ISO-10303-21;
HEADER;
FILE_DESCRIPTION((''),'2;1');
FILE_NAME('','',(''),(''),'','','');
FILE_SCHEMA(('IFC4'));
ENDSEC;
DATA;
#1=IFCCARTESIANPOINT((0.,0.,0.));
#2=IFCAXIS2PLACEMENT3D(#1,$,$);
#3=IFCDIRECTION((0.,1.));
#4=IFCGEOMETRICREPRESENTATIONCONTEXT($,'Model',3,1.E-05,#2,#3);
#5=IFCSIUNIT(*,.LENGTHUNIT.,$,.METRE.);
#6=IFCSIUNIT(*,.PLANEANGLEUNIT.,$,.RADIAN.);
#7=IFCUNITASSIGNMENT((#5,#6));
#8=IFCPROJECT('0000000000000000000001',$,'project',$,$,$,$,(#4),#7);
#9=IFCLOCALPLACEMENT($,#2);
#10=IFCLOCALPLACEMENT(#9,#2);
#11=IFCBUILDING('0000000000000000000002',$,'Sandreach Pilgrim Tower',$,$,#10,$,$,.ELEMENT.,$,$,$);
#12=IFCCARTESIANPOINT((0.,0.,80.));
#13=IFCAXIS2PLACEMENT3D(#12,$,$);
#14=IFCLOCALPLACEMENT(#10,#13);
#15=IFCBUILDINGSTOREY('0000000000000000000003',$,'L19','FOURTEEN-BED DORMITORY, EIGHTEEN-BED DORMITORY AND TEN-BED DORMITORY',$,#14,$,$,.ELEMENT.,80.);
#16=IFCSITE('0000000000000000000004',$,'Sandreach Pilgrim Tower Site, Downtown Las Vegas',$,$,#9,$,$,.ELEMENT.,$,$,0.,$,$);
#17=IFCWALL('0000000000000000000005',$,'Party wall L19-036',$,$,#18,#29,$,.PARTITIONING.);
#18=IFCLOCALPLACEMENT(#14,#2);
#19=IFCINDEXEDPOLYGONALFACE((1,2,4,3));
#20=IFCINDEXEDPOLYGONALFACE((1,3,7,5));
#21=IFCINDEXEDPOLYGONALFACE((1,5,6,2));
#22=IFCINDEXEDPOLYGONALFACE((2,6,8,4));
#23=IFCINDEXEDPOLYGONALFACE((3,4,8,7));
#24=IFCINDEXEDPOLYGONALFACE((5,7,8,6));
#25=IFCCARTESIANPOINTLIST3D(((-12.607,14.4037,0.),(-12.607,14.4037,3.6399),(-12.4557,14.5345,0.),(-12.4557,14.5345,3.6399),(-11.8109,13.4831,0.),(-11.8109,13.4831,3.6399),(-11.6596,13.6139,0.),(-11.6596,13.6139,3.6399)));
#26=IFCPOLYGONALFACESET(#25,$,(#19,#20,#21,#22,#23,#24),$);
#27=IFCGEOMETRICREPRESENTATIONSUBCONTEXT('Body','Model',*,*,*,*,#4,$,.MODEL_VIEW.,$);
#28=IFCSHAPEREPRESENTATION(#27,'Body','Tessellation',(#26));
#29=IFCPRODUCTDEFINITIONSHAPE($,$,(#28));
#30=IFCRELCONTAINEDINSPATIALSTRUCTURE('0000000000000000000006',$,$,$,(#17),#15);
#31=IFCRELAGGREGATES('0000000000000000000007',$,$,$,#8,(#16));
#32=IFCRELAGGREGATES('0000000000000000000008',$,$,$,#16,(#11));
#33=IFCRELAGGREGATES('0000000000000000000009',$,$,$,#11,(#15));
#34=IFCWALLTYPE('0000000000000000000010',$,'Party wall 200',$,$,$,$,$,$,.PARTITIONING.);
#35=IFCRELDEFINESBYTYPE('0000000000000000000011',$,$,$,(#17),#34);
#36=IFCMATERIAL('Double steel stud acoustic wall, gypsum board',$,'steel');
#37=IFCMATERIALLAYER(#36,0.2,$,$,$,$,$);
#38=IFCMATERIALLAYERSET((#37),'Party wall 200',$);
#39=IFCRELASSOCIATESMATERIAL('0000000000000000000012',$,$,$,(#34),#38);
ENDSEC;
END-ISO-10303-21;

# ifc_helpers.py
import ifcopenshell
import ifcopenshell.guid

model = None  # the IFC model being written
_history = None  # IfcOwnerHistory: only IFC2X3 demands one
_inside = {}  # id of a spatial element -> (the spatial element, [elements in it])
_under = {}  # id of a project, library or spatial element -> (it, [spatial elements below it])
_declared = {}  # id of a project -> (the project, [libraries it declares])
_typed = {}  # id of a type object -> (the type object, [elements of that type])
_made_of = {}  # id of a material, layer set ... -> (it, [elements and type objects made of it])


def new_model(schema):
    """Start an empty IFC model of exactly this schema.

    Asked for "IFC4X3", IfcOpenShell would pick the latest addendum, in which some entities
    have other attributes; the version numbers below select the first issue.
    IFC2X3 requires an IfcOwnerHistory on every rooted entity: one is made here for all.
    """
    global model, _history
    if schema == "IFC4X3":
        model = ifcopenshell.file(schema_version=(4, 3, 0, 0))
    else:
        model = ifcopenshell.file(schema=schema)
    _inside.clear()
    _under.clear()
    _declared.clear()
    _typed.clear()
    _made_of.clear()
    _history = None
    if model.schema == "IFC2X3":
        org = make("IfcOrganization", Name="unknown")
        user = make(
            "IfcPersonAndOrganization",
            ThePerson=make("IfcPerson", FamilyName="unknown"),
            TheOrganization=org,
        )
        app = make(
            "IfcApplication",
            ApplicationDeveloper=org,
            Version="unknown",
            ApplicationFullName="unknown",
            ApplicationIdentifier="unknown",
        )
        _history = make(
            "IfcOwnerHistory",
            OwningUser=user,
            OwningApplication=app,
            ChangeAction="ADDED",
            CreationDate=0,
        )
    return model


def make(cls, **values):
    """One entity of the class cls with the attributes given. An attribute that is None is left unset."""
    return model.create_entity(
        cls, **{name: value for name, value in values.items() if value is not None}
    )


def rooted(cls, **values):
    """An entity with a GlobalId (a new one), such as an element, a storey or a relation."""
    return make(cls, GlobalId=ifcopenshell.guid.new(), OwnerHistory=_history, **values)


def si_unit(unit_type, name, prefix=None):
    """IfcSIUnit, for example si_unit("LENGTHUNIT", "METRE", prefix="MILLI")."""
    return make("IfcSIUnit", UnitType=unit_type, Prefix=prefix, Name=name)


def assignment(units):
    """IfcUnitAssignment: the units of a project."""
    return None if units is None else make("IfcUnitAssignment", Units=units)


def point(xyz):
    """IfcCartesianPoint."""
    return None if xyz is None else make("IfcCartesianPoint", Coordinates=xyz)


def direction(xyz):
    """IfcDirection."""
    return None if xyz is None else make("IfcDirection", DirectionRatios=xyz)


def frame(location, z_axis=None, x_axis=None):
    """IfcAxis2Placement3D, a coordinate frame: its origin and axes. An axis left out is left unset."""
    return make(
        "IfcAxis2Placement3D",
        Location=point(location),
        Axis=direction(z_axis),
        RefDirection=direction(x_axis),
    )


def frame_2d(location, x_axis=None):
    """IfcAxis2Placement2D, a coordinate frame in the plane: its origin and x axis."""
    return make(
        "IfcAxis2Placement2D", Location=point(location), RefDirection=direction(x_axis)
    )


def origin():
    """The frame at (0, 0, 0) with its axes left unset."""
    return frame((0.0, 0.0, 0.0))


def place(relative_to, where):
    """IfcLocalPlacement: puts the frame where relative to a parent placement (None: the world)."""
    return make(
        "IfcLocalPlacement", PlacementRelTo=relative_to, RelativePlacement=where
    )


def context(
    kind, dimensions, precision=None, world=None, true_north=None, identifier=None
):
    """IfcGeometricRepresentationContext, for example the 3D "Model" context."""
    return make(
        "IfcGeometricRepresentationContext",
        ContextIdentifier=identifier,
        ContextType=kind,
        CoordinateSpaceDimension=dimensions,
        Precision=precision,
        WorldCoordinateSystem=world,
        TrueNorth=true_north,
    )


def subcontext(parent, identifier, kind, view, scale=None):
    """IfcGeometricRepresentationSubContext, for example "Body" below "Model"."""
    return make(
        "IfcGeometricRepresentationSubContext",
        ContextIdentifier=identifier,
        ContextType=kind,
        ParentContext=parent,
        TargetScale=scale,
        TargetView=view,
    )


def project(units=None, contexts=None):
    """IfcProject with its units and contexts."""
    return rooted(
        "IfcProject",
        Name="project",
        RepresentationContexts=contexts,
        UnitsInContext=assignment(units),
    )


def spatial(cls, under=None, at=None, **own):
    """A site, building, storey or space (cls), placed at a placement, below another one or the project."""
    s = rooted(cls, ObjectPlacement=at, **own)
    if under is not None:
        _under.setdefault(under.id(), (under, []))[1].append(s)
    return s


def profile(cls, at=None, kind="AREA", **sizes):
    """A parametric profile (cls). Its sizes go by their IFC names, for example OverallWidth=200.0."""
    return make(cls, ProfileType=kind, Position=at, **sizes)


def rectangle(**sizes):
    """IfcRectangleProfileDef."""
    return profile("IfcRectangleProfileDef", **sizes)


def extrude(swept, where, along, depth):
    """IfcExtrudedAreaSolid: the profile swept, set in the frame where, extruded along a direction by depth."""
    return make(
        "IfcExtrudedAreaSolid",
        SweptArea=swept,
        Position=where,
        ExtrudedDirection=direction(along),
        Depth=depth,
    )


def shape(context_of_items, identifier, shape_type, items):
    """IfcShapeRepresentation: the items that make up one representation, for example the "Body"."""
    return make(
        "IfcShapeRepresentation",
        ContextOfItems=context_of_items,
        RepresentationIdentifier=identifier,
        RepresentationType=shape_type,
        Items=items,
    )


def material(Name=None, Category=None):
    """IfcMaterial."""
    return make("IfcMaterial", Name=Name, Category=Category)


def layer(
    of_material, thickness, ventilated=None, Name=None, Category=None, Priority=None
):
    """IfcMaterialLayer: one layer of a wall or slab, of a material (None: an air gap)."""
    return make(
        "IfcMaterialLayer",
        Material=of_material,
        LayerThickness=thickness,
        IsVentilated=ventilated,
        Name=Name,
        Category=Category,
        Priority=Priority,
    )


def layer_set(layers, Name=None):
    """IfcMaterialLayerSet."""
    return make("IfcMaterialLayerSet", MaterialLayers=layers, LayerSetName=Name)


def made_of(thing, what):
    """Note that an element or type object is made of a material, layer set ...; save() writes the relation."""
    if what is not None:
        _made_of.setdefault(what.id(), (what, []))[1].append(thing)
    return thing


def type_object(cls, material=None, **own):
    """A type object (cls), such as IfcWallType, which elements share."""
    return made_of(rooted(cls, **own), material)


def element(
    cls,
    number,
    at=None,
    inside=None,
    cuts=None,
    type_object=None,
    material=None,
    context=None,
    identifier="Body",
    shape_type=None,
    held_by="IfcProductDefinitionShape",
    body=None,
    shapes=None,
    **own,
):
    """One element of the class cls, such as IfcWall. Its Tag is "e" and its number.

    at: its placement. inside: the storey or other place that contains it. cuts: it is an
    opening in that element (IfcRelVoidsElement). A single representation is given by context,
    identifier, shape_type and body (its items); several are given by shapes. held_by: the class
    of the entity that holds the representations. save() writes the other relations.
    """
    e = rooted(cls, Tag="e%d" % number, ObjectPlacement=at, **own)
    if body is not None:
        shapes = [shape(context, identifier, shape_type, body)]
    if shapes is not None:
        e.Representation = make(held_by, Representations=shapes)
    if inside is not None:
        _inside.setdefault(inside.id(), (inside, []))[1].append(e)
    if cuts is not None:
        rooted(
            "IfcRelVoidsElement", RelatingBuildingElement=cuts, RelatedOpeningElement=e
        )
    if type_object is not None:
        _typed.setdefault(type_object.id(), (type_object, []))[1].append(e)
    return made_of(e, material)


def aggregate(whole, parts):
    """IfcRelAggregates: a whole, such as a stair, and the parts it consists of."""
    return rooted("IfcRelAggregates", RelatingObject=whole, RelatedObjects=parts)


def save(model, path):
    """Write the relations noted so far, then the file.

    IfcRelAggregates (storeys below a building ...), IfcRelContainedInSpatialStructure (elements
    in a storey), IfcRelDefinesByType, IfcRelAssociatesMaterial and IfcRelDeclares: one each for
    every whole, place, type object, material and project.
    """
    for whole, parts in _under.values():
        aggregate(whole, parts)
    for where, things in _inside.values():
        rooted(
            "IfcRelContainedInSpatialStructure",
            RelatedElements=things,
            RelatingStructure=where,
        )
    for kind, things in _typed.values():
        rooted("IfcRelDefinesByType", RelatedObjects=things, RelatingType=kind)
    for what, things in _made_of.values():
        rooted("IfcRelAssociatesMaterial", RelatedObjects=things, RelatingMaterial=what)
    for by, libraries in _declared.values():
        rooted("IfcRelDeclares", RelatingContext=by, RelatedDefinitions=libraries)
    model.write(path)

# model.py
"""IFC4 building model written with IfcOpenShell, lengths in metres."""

from ifc_helpers import new_model, si_unit, direction, frame, frame_2d, origin, place, context, subcontext, project, spatial, rectangle, extrude, material, layer, layer_set, type_object, element, save


model = new_model("IFC4")

# Units and contexts
model_context = context("Model", 3, precision=1e-05, world=origin(), true_north=direction((0.0, 1.0)))
body_context = subcontext(model_context, "Body", "Model", "MODEL_VIEW")
ifc_project = project(units=[si_unit("LENGTHUNIT", "METRE"), si_unit("PLANEANGLEUNIT", "RADIAN")], contexts=[model_context])

# Site, building, storey
site_placement = place(None, origin())
site = spatial("IfcSite", under=ifc_project, at=site_placement, Name="Sandreach Pilgrim Tower Site, Downtown Las Vegas", CompositionType="ELEMENT", RefElevation=0.0)
building_placement = place(site_placement, origin())
building = spatial("IfcBuilding", under=site, at=building_placement, Name="Sandreach Pilgrim Tower", CompositionType="ELEMENT")
storey_placement = place(building_placement, frame((0.0, 0.0, 80.0)))
storey = spatial("IfcBuildingStorey", under=building, at=storey_placement, Name="L19", Description="FOURTEEN-BED DORMITORY, EIGHTEEN-BED DORMITORY AND TEN-BED DORMITORY", CompositionType="ELEMENT", Elevation=80.0)

# Wall
ifc_material_1 = material(Name="Double steel stud acoustic wall, gypsum board", Category="steel")
ifc_layer_1 = layer(ifc_material_1, 0.2)
ifc_layer_set_1 = layer_set([ifc_layer_1], Name="Party wall 200")
wall_type_1 = type_object("IfcWallType", Name="Party wall 200", PredefinedType="PARTITIONING", material=ifc_layer_set_1)
wall_1_placement = place(storey_placement, frame((-12.5312, 14.469, 0.0), z_axis=(0.0, 0.0, 1.0), x_axis=(0.654105, -0.756403, 0.0)))
element("IfcWall", 1, at=wall_1_placement, inside=storey, type_object=wall_type_1, Name="Party wall L19-036", PredefinedType="PARTITIONING", context=body_context, shape_type="SweptSolid", body=[
    extrude(rectangle(XDim=1.217, YDim=0.2, at=frame_2d((0.6084, 0.0))), origin(), (0.0, 0.0, 1.0), 3.6399),
])

save(model, "model.ifc")
